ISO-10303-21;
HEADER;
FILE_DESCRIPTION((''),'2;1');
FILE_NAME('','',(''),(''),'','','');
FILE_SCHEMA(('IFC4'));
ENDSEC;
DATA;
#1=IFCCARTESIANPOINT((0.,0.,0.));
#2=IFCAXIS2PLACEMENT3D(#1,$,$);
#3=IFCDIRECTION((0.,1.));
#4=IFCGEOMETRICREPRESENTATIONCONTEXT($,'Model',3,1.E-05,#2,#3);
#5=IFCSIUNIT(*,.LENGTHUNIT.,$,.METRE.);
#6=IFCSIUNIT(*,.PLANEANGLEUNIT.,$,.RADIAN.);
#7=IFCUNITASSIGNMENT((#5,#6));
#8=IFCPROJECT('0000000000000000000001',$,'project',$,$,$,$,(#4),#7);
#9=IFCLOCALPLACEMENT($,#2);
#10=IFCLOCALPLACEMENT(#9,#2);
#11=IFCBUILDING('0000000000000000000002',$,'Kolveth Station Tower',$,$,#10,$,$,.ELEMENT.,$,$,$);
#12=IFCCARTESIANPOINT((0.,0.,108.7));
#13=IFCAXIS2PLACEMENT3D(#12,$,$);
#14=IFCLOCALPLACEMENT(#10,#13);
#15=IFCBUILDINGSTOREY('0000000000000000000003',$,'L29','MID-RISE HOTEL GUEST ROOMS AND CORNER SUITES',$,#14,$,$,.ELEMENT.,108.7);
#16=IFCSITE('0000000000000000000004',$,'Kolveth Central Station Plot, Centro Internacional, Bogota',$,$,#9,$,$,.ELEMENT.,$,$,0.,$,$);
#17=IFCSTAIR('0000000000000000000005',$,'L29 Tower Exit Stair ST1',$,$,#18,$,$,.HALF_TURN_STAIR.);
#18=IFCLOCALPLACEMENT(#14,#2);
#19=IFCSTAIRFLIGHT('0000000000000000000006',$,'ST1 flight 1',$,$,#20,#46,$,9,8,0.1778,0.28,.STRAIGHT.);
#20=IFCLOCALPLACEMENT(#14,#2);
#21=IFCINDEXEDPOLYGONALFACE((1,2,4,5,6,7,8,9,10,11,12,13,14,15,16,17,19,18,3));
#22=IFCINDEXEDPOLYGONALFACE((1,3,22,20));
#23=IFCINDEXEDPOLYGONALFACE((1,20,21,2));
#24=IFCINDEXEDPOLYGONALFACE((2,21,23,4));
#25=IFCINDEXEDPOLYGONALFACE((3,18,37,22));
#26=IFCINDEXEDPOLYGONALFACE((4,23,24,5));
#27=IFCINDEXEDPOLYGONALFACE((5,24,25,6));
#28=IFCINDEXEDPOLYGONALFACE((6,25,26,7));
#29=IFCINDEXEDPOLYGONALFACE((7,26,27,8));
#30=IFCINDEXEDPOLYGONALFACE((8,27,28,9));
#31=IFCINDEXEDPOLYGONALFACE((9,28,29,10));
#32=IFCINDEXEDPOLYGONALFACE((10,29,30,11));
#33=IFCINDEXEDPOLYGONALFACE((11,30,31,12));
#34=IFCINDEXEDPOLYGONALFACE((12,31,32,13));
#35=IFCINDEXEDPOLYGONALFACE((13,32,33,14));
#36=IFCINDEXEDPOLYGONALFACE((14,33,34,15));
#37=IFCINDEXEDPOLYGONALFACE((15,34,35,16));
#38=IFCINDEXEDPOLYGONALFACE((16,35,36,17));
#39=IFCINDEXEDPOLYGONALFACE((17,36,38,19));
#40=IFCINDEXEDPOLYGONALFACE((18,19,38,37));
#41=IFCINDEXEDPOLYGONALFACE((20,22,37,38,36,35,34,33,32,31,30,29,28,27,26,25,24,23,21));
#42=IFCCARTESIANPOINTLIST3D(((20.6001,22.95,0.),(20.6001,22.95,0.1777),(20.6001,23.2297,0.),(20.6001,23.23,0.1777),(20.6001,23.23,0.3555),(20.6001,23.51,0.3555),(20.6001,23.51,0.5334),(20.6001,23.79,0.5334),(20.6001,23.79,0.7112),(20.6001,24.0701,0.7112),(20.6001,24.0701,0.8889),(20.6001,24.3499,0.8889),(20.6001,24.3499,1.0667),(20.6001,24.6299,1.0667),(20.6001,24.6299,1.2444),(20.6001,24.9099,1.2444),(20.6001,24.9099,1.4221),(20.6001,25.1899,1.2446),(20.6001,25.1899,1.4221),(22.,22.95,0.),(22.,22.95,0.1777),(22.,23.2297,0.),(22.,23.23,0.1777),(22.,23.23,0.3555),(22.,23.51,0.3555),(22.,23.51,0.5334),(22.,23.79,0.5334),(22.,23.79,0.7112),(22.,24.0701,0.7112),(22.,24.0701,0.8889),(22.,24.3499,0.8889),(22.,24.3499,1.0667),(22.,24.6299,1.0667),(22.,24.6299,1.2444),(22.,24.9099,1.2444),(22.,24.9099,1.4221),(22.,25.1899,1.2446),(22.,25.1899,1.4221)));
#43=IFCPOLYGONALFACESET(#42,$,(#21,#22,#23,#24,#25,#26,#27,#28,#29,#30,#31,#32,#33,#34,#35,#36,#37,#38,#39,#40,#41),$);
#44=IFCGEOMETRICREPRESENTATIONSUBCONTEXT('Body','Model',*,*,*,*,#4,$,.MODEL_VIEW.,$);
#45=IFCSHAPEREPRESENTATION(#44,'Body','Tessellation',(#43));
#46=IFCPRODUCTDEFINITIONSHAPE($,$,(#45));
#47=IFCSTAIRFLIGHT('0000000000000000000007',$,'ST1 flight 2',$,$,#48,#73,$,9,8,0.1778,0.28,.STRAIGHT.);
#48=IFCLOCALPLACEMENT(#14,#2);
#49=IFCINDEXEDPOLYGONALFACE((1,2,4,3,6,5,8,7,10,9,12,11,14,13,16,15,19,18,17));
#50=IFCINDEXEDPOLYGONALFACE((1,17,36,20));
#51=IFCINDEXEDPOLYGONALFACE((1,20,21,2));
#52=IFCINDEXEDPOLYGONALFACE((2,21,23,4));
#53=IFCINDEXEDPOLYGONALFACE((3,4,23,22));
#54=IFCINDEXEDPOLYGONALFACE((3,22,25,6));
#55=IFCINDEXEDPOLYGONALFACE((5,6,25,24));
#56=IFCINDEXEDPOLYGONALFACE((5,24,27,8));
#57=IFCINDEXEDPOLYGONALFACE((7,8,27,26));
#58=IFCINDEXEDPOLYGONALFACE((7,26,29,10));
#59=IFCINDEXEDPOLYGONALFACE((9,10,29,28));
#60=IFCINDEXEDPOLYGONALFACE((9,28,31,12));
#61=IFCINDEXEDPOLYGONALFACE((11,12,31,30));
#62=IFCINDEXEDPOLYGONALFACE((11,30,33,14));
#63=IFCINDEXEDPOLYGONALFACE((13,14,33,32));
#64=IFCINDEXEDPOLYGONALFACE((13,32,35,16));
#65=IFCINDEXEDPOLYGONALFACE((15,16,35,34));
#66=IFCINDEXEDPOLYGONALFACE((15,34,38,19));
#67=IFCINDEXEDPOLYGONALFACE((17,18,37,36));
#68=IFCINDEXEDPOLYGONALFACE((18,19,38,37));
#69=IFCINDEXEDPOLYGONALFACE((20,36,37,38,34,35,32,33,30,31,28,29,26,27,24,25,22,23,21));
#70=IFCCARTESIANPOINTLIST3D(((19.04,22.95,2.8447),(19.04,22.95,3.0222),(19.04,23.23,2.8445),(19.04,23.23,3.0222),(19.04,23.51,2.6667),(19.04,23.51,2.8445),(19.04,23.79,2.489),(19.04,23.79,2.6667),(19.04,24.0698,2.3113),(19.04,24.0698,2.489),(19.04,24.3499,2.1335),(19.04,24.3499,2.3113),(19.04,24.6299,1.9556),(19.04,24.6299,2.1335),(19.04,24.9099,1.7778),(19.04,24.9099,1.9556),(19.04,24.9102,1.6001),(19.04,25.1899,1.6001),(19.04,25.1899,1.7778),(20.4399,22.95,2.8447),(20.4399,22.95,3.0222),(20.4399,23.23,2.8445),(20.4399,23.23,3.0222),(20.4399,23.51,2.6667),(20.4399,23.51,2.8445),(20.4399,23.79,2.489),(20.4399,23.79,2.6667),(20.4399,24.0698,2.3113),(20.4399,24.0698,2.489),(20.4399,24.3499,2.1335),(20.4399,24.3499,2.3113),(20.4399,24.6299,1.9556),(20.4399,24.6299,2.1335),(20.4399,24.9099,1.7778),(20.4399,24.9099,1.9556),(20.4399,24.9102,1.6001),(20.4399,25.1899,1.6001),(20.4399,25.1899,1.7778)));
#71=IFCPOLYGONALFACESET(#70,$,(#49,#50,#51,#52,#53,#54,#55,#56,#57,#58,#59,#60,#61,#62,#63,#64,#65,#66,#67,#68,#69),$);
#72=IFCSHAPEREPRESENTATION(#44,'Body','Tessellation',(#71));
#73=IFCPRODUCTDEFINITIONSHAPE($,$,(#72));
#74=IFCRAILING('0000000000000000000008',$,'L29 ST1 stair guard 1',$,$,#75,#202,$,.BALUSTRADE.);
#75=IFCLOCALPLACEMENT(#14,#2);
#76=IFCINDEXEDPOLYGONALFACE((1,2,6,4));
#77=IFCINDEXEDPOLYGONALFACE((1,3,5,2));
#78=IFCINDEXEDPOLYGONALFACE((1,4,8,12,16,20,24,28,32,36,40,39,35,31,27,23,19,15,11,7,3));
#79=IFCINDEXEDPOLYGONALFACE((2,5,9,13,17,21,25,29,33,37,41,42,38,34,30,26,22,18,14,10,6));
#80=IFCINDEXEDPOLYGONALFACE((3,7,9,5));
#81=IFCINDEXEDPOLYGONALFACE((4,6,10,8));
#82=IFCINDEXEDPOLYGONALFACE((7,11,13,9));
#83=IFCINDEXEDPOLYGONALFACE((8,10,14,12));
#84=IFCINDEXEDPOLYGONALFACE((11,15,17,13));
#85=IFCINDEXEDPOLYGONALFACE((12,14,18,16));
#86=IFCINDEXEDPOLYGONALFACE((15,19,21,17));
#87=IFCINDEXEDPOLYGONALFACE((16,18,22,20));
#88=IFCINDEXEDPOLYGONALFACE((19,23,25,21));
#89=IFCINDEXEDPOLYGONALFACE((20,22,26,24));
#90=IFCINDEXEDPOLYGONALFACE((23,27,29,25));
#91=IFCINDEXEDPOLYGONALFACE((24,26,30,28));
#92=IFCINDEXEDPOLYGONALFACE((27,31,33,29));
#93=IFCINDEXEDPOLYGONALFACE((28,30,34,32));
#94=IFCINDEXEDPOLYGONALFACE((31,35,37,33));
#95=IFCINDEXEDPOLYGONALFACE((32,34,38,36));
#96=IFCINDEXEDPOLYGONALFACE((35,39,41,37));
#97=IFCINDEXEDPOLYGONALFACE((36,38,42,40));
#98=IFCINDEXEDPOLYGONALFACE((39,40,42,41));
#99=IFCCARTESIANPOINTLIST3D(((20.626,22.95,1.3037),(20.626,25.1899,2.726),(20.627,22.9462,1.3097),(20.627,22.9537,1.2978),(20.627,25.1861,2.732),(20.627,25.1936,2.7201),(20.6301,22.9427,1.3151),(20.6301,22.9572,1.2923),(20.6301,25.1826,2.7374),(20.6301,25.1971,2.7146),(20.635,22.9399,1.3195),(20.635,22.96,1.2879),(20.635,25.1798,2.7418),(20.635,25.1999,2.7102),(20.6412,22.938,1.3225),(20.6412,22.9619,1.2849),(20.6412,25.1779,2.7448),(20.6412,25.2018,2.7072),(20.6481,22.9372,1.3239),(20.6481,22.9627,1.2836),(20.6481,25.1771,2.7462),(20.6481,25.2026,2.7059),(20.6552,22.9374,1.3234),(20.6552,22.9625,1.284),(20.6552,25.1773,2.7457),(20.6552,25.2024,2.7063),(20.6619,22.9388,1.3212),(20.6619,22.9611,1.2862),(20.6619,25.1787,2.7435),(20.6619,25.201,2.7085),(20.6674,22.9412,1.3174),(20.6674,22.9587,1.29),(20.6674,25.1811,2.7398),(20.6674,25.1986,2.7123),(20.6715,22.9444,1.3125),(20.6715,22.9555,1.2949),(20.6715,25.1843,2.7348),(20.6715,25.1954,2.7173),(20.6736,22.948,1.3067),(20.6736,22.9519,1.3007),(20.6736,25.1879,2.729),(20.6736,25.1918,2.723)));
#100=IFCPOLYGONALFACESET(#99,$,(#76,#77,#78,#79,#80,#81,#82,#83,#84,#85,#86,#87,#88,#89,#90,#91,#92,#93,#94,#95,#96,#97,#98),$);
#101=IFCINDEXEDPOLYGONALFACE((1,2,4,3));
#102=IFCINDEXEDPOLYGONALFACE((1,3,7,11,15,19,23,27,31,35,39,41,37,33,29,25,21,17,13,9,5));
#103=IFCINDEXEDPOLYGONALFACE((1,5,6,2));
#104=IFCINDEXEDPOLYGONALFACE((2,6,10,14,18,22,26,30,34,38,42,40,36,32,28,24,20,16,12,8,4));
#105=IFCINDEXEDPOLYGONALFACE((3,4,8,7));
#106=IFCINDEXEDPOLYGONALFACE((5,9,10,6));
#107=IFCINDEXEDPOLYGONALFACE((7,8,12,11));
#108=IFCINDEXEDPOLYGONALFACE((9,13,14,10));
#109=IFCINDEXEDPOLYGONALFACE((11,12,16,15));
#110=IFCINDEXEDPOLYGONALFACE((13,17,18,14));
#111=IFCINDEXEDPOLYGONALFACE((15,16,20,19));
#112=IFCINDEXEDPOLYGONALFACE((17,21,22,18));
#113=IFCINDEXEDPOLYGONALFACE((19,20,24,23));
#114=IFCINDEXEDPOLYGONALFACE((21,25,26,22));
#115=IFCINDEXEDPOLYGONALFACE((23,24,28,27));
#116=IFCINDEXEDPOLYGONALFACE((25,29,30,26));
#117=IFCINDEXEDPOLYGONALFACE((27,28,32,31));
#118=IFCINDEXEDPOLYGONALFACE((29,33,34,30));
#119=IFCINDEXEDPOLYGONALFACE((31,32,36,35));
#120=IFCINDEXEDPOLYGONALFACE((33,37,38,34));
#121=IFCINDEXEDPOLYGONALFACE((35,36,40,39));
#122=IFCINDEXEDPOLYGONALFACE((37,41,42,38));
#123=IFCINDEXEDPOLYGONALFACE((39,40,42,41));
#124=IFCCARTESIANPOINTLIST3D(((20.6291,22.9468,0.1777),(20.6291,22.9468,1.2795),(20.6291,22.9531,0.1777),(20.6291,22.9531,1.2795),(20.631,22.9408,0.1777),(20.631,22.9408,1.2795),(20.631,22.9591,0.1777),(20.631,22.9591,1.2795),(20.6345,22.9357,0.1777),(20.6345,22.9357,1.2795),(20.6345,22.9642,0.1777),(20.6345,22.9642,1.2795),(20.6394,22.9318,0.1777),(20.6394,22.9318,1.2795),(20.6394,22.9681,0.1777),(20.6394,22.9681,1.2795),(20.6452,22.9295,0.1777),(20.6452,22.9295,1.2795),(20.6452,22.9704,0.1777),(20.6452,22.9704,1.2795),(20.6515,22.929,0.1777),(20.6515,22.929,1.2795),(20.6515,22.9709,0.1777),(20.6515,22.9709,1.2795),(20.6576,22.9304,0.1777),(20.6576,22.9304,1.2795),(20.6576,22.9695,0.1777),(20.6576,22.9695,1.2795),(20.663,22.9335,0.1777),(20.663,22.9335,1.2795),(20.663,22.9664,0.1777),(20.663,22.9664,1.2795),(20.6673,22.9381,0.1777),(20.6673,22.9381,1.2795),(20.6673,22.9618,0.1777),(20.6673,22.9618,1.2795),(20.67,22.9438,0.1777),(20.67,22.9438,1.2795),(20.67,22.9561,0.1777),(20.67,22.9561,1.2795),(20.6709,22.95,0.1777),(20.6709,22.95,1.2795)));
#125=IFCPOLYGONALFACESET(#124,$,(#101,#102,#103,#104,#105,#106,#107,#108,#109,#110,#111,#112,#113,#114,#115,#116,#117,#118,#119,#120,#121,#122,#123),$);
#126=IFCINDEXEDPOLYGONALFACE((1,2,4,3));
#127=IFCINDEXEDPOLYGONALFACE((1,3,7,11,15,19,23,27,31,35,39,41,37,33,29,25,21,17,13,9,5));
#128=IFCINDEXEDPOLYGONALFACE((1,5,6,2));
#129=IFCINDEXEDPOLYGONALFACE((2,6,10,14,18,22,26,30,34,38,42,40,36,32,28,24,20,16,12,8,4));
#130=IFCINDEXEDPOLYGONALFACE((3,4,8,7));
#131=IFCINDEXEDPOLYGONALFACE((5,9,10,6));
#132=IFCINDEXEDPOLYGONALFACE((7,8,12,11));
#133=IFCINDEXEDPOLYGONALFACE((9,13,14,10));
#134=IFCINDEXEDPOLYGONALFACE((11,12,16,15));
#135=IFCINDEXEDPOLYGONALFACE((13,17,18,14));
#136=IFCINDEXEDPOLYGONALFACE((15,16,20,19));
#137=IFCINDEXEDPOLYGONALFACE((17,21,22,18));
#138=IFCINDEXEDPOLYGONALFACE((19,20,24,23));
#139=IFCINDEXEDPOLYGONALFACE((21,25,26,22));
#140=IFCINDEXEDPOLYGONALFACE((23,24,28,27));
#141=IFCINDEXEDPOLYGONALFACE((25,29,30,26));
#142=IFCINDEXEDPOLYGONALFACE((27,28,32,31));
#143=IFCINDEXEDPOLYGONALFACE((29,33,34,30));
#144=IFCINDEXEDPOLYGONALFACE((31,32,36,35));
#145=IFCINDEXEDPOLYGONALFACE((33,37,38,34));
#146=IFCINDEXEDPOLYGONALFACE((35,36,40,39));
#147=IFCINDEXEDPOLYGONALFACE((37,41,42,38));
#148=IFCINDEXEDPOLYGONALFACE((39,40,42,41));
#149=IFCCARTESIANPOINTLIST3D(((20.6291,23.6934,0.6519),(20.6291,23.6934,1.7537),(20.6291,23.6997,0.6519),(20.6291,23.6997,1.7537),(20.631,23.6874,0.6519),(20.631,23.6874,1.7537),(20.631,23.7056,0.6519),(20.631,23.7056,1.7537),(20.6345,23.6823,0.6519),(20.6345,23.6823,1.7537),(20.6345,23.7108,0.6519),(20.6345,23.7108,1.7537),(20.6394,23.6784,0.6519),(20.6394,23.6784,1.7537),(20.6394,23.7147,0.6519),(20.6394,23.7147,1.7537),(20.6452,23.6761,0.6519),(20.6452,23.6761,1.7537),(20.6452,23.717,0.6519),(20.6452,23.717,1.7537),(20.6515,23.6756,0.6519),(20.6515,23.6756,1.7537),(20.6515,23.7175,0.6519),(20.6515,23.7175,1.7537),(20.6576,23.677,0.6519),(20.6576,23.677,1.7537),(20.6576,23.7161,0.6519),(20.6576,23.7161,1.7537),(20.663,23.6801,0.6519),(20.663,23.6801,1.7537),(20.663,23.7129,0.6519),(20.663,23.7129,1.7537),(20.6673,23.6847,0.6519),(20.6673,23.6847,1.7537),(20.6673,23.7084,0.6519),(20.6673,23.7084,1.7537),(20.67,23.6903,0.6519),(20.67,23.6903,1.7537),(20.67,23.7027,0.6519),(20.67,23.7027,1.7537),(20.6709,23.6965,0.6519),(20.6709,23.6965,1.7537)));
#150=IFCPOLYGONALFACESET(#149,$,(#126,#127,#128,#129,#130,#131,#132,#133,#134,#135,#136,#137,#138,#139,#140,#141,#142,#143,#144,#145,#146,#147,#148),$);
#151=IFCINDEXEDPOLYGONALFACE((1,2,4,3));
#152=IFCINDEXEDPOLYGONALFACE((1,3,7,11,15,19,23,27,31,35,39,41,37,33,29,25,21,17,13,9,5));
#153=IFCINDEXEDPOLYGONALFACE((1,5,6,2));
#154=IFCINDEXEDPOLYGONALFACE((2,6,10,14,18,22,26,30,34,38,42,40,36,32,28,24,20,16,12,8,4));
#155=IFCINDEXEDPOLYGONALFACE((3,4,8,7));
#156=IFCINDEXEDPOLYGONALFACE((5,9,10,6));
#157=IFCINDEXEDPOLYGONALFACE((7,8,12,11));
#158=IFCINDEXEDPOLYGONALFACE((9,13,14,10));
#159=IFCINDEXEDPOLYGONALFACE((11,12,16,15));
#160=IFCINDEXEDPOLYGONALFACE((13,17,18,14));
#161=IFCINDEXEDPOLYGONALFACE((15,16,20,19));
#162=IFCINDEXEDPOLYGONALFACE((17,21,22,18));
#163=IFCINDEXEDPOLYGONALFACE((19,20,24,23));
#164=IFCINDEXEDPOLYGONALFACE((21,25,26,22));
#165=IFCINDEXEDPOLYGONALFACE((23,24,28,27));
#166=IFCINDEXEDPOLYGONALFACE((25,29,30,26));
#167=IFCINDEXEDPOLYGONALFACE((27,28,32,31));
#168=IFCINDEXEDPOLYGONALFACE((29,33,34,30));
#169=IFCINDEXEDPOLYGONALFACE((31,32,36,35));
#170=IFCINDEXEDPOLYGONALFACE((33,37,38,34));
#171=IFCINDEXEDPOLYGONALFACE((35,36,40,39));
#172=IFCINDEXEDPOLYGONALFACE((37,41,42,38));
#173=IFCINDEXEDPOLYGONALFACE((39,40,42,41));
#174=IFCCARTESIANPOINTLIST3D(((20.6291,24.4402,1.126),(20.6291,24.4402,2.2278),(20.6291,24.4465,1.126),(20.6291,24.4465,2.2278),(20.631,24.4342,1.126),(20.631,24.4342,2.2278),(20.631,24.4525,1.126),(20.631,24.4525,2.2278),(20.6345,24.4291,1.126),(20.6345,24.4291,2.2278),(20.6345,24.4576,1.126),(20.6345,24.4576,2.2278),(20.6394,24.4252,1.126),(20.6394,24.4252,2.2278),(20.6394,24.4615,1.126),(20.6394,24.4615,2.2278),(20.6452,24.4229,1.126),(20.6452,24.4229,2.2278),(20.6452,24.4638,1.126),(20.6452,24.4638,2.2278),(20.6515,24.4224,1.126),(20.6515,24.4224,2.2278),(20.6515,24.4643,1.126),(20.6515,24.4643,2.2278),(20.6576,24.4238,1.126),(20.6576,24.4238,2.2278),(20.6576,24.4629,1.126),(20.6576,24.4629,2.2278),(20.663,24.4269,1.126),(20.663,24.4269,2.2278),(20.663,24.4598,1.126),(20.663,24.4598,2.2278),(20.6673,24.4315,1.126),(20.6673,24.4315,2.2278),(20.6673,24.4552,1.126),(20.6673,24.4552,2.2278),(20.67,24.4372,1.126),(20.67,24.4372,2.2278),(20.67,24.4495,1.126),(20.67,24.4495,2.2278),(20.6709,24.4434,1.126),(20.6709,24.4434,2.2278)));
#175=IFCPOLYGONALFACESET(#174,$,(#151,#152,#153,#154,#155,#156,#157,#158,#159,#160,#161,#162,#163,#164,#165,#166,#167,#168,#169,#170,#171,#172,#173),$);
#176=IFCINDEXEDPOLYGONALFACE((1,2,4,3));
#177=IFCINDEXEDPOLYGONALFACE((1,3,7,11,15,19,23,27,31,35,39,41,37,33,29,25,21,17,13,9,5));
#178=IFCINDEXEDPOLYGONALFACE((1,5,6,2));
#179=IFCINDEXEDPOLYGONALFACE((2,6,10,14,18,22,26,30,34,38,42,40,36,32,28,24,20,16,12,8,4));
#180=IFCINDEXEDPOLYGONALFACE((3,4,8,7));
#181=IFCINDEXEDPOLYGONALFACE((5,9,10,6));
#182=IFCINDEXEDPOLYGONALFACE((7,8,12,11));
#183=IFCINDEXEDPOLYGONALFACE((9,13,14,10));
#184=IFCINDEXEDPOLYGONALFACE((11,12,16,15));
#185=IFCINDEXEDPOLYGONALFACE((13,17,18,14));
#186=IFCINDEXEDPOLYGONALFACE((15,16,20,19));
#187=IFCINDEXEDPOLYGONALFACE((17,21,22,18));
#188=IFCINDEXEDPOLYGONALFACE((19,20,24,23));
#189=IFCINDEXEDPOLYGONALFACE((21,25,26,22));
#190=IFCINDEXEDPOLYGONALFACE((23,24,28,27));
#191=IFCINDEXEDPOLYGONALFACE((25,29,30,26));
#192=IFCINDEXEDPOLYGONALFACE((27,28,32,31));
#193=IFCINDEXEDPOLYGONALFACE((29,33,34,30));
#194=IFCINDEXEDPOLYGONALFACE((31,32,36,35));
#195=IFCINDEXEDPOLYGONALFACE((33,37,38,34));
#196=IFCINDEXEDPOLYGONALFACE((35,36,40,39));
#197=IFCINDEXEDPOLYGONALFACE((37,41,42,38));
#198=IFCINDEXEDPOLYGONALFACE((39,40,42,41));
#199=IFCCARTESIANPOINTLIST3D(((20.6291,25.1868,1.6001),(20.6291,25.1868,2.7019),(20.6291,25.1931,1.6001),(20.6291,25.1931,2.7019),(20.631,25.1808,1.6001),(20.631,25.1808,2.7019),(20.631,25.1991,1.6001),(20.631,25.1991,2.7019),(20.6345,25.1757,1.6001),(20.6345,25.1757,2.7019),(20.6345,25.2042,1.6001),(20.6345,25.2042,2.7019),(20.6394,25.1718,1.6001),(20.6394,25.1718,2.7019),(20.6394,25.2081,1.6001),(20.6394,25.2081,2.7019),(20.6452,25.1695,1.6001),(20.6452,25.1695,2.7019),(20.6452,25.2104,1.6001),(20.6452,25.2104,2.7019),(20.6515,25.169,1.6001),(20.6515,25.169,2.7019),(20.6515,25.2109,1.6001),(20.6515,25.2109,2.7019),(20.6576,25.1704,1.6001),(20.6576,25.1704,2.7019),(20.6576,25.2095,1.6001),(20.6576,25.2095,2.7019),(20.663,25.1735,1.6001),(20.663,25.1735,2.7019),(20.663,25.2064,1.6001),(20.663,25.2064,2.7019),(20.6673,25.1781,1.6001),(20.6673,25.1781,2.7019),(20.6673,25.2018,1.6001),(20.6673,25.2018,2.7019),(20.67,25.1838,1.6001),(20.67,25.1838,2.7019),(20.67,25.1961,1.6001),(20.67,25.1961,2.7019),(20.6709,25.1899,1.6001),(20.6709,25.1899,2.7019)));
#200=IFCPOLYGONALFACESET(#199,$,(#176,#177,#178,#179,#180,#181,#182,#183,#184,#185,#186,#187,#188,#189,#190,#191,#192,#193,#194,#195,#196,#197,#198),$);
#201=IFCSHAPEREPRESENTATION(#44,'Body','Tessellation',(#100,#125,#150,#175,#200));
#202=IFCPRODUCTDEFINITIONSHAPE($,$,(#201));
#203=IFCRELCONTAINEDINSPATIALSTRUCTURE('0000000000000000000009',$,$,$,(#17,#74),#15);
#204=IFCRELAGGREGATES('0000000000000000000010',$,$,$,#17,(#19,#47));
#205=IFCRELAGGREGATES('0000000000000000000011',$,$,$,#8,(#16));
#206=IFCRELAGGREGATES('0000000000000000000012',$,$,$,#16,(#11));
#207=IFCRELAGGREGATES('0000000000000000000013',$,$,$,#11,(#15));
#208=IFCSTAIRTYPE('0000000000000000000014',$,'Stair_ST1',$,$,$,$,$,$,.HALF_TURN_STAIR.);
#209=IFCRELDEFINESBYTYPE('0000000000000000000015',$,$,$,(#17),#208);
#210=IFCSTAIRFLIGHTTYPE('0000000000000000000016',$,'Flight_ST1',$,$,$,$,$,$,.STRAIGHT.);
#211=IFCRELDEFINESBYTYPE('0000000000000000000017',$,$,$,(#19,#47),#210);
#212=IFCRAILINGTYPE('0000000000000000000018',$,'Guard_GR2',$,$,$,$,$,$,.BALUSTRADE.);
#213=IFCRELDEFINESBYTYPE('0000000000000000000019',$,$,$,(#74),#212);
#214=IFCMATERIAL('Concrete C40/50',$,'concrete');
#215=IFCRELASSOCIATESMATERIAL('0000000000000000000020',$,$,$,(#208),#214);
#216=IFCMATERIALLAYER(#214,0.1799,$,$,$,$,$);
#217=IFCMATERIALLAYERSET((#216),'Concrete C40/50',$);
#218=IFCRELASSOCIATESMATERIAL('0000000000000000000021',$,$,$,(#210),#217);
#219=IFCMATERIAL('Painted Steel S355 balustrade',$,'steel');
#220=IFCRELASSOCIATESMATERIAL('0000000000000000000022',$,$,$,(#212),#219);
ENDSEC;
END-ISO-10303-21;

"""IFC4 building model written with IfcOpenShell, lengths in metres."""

from ifc_helpers import new_model, si_unit, direction, frame, origin, origin_2d, place, context, subcontext, project, spatial, polyline, circle, outline, extrude, material, layer, layer_set, type_object, element, aggregate, save


model = new_model("IFC4")

# Units and contexts
model_context = context("Model", 3, precision=1e-05, world=origin(), true_north=direction((0.0, 1.0)))
body_context = subcontext(model_context, "Body", "Model", "MODEL_VIEW")
ifc_project = project(units=[si_unit("LENGTHUNIT", "METRE"), si_unit("PLANEANGLEUNIT", "RADIAN")], contexts=[model_context])

# Site, building, storey
site_placement = place(None, origin())
site = spatial("IfcSite", under=ifc_project, at=site_placement, Name="Kolveth Central Station Plot, Centro Internacional, Bogota", CompositionType="ELEMENT", RefElevation=0.0)
building_placement = place(site_placement, origin())
building = spatial("IfcBuilding", under=site, at=building_placement, Name="Kolveth Station Tower", CompositionType="ELEMENT")
storey_placement = place(building_placement, frame((0.0, 0.0, 108.7)))
storey = spatial("IfcBuildingStorey", under=building, at=storey_placement, Name="L29", Description="MID-RISE HOTEL GUEST ROOMS AND CORNER SUITES", CompositionType="ELEMENT", Elevation=108.7)

# Shared definitions
ifc_material_1 = material(Name="Concrete C40/50", Category="concrete")

# Stair, stair flights
stair_type = type_object("IfcStairType", Name="Stair_ST1", PredefinedType="HALF_TURN_STAIR", material=ifc_material_1)
stair_placement = place(storey_placement, origin())
stair = element("IfcStair", 1, at=stair_placement, inside=storey, type_object=stair_type, Name="L29 Tower Exit Stair ST1", PredefinedType="HALF_TURN_STAIR")
ifc_layer_1 = layer(ifc_material_1, 0.1799)
ifc_layer_set_1 = layer_set([ifc_layer_1], Name="Concrete C40/50")
stair_flight_type = type_object("IfcStairFlightType", Name="Flight_ST1", PredefinedType="STRAIGHT", material=ifc_layer_set_1)
stair_flight_1_placement = place(storey_placement, frame((21.3, 22.95, 0.0), z_axis=(0.0, 0.0, 1.0), x_axis=(0.0, 1.0, 0.0)))
stair_flight_1 = element("IfcStairFlight", 2, at=stair_flight_1_placement, type_object=stair_flight_type, Name="ST1 flight 1", NumberOfRisers=9, NumberOfTreads=8, PredefinedType="STRAIGHT", RiserHeight=0.1778, TreadLength=0.28, context=body_context, shape_type="SweptSolid", body=[
    extrude(outline(polyline([(0.0, 0.0), (0.0, 0.1777), (0.28, 0.1777), (0.28, 0.3555), (0.5601, 0.3555), (0.5601, 0.5334), (0.8401, 0.5334), (0.8401, 0.7112), (1.1201, 0.7112), (1.1201, 0.8889), (1.3999, 0.8889), (1.3999, 1.0667), (1.6799, 1.0667), (1.6799, 1.2444), (1.96, 1.2444), (1.96, 1.4221), (2.24, 1.4221), (2.24, 1.6001), (2.24, 1.2446), (0.2798, 0.0), (0.0, 0.0)])), frame((0.0, 0.7, 0.0), z_axis=(0.0, -1.0, 0.0), x_axis=(1.0, 0.0, 0.0)), (0.0, 0.0, 1.0), 1.3999),
])
stair_flight_2_placement = place(storey_placement, frame((19.74, 25.1899, 1.6001), z_axis=(0.0, 0.0, 1.0), x_axis=(0.0, -1.0, 0.0)))
stair_flight_2 = element("IfcStairFlight", 3, at=stair_flight_2_placement, type_object=stair_flight_type, Name="ST1 flight 2", NumberOfRisers=9, NumberOfTreads=8, PredefinedType="STRAIGHT", RiserHeight=0.1778, TreadLength=0.28, context=body_context, shape_type="SweptSolid", body=[
    extrude(outline(polyline([(0.0, 0.0), (0.0, 0.1777), (0.28, 0.1777), (0.28, 0.3555), (0.5601, 0.3555), (0.5601, 0.5334), (0.8401, 0.5334), (0.8401, 0.7112), (1.1201, 0.7112), (1.1201, 0.8889), (1.3999, 0.8889), (1.3999, 1.0667), (1.6799, 1.0667), (1.6799, 1.2444), (1.96, 1.2444), (1.96, 1.4221), (2.24, 1.4221), (2.24, 1.6001), (2.24, 1.2446), (0.2798, 0.0), (0.0, 0.0)])), frame((0.0, 0.7, 0.0), z_axis=(0.0, -1.0, 0.0), x_axis=(1.0, 0.0, 0.0)), (0.0, 0.0, 1.0), 1.3999),
])
aggregate(stair, [stair_flight_1, stair_flight_2])

# Railing
ifc_material_2 = material(Name="Painted Steel S355 balustrade", Category="steel")
railing_type_1 = type_object("IfcRailingType", Name="Guard_GR2", PredefinedType="BALUSTRADE", material=ifc_material_2)
railing_1_placement = place(storey_placement, frame((20.6499, 22.95, 0.1777)))
element("IfcRailing", 4, at=railing_1_placement, inside=storey, type_object=railing_type_1, Name="L29 ST1 stair guard 1", PredefinedType="BALUSTRADE", context=body_context, shape_type="SweptSolid", body=[
    extrude(circle(Radius=0.0239, at=origin_2d()), frame((0.0, 0.0, 1.126), z_axis=(0.0, 0.844188, 0.536048), x_axis=(-1.0, 0.0, 0.0)), (0.0, 0.0, 1.0), 2.6533),
    extrude(circle(Radius=0.021, at=origin_2d()), origin(), (0.0, 0.0, 1.0), 1.1018),
    extrude(circle(Radius=0.021, at=origin_2d()), frame((0.0, 0.7466, 0.4741)), (0.0, 0.0, 1.0), 1.1018),
    extrude(circle(Radius=0.021, at=origin_2d()), frame((0.0, 1.4934, 0.9482)), (0.0, 0.0, 1.0), 1.1018),
    extrude(circle(Radius=0.021, at=origin_2d()), frame((0.0, 2.24, 1.4224)), (0.0, 0.0, 1.0), 1.1018),
])

save(model, "model.ifc")
